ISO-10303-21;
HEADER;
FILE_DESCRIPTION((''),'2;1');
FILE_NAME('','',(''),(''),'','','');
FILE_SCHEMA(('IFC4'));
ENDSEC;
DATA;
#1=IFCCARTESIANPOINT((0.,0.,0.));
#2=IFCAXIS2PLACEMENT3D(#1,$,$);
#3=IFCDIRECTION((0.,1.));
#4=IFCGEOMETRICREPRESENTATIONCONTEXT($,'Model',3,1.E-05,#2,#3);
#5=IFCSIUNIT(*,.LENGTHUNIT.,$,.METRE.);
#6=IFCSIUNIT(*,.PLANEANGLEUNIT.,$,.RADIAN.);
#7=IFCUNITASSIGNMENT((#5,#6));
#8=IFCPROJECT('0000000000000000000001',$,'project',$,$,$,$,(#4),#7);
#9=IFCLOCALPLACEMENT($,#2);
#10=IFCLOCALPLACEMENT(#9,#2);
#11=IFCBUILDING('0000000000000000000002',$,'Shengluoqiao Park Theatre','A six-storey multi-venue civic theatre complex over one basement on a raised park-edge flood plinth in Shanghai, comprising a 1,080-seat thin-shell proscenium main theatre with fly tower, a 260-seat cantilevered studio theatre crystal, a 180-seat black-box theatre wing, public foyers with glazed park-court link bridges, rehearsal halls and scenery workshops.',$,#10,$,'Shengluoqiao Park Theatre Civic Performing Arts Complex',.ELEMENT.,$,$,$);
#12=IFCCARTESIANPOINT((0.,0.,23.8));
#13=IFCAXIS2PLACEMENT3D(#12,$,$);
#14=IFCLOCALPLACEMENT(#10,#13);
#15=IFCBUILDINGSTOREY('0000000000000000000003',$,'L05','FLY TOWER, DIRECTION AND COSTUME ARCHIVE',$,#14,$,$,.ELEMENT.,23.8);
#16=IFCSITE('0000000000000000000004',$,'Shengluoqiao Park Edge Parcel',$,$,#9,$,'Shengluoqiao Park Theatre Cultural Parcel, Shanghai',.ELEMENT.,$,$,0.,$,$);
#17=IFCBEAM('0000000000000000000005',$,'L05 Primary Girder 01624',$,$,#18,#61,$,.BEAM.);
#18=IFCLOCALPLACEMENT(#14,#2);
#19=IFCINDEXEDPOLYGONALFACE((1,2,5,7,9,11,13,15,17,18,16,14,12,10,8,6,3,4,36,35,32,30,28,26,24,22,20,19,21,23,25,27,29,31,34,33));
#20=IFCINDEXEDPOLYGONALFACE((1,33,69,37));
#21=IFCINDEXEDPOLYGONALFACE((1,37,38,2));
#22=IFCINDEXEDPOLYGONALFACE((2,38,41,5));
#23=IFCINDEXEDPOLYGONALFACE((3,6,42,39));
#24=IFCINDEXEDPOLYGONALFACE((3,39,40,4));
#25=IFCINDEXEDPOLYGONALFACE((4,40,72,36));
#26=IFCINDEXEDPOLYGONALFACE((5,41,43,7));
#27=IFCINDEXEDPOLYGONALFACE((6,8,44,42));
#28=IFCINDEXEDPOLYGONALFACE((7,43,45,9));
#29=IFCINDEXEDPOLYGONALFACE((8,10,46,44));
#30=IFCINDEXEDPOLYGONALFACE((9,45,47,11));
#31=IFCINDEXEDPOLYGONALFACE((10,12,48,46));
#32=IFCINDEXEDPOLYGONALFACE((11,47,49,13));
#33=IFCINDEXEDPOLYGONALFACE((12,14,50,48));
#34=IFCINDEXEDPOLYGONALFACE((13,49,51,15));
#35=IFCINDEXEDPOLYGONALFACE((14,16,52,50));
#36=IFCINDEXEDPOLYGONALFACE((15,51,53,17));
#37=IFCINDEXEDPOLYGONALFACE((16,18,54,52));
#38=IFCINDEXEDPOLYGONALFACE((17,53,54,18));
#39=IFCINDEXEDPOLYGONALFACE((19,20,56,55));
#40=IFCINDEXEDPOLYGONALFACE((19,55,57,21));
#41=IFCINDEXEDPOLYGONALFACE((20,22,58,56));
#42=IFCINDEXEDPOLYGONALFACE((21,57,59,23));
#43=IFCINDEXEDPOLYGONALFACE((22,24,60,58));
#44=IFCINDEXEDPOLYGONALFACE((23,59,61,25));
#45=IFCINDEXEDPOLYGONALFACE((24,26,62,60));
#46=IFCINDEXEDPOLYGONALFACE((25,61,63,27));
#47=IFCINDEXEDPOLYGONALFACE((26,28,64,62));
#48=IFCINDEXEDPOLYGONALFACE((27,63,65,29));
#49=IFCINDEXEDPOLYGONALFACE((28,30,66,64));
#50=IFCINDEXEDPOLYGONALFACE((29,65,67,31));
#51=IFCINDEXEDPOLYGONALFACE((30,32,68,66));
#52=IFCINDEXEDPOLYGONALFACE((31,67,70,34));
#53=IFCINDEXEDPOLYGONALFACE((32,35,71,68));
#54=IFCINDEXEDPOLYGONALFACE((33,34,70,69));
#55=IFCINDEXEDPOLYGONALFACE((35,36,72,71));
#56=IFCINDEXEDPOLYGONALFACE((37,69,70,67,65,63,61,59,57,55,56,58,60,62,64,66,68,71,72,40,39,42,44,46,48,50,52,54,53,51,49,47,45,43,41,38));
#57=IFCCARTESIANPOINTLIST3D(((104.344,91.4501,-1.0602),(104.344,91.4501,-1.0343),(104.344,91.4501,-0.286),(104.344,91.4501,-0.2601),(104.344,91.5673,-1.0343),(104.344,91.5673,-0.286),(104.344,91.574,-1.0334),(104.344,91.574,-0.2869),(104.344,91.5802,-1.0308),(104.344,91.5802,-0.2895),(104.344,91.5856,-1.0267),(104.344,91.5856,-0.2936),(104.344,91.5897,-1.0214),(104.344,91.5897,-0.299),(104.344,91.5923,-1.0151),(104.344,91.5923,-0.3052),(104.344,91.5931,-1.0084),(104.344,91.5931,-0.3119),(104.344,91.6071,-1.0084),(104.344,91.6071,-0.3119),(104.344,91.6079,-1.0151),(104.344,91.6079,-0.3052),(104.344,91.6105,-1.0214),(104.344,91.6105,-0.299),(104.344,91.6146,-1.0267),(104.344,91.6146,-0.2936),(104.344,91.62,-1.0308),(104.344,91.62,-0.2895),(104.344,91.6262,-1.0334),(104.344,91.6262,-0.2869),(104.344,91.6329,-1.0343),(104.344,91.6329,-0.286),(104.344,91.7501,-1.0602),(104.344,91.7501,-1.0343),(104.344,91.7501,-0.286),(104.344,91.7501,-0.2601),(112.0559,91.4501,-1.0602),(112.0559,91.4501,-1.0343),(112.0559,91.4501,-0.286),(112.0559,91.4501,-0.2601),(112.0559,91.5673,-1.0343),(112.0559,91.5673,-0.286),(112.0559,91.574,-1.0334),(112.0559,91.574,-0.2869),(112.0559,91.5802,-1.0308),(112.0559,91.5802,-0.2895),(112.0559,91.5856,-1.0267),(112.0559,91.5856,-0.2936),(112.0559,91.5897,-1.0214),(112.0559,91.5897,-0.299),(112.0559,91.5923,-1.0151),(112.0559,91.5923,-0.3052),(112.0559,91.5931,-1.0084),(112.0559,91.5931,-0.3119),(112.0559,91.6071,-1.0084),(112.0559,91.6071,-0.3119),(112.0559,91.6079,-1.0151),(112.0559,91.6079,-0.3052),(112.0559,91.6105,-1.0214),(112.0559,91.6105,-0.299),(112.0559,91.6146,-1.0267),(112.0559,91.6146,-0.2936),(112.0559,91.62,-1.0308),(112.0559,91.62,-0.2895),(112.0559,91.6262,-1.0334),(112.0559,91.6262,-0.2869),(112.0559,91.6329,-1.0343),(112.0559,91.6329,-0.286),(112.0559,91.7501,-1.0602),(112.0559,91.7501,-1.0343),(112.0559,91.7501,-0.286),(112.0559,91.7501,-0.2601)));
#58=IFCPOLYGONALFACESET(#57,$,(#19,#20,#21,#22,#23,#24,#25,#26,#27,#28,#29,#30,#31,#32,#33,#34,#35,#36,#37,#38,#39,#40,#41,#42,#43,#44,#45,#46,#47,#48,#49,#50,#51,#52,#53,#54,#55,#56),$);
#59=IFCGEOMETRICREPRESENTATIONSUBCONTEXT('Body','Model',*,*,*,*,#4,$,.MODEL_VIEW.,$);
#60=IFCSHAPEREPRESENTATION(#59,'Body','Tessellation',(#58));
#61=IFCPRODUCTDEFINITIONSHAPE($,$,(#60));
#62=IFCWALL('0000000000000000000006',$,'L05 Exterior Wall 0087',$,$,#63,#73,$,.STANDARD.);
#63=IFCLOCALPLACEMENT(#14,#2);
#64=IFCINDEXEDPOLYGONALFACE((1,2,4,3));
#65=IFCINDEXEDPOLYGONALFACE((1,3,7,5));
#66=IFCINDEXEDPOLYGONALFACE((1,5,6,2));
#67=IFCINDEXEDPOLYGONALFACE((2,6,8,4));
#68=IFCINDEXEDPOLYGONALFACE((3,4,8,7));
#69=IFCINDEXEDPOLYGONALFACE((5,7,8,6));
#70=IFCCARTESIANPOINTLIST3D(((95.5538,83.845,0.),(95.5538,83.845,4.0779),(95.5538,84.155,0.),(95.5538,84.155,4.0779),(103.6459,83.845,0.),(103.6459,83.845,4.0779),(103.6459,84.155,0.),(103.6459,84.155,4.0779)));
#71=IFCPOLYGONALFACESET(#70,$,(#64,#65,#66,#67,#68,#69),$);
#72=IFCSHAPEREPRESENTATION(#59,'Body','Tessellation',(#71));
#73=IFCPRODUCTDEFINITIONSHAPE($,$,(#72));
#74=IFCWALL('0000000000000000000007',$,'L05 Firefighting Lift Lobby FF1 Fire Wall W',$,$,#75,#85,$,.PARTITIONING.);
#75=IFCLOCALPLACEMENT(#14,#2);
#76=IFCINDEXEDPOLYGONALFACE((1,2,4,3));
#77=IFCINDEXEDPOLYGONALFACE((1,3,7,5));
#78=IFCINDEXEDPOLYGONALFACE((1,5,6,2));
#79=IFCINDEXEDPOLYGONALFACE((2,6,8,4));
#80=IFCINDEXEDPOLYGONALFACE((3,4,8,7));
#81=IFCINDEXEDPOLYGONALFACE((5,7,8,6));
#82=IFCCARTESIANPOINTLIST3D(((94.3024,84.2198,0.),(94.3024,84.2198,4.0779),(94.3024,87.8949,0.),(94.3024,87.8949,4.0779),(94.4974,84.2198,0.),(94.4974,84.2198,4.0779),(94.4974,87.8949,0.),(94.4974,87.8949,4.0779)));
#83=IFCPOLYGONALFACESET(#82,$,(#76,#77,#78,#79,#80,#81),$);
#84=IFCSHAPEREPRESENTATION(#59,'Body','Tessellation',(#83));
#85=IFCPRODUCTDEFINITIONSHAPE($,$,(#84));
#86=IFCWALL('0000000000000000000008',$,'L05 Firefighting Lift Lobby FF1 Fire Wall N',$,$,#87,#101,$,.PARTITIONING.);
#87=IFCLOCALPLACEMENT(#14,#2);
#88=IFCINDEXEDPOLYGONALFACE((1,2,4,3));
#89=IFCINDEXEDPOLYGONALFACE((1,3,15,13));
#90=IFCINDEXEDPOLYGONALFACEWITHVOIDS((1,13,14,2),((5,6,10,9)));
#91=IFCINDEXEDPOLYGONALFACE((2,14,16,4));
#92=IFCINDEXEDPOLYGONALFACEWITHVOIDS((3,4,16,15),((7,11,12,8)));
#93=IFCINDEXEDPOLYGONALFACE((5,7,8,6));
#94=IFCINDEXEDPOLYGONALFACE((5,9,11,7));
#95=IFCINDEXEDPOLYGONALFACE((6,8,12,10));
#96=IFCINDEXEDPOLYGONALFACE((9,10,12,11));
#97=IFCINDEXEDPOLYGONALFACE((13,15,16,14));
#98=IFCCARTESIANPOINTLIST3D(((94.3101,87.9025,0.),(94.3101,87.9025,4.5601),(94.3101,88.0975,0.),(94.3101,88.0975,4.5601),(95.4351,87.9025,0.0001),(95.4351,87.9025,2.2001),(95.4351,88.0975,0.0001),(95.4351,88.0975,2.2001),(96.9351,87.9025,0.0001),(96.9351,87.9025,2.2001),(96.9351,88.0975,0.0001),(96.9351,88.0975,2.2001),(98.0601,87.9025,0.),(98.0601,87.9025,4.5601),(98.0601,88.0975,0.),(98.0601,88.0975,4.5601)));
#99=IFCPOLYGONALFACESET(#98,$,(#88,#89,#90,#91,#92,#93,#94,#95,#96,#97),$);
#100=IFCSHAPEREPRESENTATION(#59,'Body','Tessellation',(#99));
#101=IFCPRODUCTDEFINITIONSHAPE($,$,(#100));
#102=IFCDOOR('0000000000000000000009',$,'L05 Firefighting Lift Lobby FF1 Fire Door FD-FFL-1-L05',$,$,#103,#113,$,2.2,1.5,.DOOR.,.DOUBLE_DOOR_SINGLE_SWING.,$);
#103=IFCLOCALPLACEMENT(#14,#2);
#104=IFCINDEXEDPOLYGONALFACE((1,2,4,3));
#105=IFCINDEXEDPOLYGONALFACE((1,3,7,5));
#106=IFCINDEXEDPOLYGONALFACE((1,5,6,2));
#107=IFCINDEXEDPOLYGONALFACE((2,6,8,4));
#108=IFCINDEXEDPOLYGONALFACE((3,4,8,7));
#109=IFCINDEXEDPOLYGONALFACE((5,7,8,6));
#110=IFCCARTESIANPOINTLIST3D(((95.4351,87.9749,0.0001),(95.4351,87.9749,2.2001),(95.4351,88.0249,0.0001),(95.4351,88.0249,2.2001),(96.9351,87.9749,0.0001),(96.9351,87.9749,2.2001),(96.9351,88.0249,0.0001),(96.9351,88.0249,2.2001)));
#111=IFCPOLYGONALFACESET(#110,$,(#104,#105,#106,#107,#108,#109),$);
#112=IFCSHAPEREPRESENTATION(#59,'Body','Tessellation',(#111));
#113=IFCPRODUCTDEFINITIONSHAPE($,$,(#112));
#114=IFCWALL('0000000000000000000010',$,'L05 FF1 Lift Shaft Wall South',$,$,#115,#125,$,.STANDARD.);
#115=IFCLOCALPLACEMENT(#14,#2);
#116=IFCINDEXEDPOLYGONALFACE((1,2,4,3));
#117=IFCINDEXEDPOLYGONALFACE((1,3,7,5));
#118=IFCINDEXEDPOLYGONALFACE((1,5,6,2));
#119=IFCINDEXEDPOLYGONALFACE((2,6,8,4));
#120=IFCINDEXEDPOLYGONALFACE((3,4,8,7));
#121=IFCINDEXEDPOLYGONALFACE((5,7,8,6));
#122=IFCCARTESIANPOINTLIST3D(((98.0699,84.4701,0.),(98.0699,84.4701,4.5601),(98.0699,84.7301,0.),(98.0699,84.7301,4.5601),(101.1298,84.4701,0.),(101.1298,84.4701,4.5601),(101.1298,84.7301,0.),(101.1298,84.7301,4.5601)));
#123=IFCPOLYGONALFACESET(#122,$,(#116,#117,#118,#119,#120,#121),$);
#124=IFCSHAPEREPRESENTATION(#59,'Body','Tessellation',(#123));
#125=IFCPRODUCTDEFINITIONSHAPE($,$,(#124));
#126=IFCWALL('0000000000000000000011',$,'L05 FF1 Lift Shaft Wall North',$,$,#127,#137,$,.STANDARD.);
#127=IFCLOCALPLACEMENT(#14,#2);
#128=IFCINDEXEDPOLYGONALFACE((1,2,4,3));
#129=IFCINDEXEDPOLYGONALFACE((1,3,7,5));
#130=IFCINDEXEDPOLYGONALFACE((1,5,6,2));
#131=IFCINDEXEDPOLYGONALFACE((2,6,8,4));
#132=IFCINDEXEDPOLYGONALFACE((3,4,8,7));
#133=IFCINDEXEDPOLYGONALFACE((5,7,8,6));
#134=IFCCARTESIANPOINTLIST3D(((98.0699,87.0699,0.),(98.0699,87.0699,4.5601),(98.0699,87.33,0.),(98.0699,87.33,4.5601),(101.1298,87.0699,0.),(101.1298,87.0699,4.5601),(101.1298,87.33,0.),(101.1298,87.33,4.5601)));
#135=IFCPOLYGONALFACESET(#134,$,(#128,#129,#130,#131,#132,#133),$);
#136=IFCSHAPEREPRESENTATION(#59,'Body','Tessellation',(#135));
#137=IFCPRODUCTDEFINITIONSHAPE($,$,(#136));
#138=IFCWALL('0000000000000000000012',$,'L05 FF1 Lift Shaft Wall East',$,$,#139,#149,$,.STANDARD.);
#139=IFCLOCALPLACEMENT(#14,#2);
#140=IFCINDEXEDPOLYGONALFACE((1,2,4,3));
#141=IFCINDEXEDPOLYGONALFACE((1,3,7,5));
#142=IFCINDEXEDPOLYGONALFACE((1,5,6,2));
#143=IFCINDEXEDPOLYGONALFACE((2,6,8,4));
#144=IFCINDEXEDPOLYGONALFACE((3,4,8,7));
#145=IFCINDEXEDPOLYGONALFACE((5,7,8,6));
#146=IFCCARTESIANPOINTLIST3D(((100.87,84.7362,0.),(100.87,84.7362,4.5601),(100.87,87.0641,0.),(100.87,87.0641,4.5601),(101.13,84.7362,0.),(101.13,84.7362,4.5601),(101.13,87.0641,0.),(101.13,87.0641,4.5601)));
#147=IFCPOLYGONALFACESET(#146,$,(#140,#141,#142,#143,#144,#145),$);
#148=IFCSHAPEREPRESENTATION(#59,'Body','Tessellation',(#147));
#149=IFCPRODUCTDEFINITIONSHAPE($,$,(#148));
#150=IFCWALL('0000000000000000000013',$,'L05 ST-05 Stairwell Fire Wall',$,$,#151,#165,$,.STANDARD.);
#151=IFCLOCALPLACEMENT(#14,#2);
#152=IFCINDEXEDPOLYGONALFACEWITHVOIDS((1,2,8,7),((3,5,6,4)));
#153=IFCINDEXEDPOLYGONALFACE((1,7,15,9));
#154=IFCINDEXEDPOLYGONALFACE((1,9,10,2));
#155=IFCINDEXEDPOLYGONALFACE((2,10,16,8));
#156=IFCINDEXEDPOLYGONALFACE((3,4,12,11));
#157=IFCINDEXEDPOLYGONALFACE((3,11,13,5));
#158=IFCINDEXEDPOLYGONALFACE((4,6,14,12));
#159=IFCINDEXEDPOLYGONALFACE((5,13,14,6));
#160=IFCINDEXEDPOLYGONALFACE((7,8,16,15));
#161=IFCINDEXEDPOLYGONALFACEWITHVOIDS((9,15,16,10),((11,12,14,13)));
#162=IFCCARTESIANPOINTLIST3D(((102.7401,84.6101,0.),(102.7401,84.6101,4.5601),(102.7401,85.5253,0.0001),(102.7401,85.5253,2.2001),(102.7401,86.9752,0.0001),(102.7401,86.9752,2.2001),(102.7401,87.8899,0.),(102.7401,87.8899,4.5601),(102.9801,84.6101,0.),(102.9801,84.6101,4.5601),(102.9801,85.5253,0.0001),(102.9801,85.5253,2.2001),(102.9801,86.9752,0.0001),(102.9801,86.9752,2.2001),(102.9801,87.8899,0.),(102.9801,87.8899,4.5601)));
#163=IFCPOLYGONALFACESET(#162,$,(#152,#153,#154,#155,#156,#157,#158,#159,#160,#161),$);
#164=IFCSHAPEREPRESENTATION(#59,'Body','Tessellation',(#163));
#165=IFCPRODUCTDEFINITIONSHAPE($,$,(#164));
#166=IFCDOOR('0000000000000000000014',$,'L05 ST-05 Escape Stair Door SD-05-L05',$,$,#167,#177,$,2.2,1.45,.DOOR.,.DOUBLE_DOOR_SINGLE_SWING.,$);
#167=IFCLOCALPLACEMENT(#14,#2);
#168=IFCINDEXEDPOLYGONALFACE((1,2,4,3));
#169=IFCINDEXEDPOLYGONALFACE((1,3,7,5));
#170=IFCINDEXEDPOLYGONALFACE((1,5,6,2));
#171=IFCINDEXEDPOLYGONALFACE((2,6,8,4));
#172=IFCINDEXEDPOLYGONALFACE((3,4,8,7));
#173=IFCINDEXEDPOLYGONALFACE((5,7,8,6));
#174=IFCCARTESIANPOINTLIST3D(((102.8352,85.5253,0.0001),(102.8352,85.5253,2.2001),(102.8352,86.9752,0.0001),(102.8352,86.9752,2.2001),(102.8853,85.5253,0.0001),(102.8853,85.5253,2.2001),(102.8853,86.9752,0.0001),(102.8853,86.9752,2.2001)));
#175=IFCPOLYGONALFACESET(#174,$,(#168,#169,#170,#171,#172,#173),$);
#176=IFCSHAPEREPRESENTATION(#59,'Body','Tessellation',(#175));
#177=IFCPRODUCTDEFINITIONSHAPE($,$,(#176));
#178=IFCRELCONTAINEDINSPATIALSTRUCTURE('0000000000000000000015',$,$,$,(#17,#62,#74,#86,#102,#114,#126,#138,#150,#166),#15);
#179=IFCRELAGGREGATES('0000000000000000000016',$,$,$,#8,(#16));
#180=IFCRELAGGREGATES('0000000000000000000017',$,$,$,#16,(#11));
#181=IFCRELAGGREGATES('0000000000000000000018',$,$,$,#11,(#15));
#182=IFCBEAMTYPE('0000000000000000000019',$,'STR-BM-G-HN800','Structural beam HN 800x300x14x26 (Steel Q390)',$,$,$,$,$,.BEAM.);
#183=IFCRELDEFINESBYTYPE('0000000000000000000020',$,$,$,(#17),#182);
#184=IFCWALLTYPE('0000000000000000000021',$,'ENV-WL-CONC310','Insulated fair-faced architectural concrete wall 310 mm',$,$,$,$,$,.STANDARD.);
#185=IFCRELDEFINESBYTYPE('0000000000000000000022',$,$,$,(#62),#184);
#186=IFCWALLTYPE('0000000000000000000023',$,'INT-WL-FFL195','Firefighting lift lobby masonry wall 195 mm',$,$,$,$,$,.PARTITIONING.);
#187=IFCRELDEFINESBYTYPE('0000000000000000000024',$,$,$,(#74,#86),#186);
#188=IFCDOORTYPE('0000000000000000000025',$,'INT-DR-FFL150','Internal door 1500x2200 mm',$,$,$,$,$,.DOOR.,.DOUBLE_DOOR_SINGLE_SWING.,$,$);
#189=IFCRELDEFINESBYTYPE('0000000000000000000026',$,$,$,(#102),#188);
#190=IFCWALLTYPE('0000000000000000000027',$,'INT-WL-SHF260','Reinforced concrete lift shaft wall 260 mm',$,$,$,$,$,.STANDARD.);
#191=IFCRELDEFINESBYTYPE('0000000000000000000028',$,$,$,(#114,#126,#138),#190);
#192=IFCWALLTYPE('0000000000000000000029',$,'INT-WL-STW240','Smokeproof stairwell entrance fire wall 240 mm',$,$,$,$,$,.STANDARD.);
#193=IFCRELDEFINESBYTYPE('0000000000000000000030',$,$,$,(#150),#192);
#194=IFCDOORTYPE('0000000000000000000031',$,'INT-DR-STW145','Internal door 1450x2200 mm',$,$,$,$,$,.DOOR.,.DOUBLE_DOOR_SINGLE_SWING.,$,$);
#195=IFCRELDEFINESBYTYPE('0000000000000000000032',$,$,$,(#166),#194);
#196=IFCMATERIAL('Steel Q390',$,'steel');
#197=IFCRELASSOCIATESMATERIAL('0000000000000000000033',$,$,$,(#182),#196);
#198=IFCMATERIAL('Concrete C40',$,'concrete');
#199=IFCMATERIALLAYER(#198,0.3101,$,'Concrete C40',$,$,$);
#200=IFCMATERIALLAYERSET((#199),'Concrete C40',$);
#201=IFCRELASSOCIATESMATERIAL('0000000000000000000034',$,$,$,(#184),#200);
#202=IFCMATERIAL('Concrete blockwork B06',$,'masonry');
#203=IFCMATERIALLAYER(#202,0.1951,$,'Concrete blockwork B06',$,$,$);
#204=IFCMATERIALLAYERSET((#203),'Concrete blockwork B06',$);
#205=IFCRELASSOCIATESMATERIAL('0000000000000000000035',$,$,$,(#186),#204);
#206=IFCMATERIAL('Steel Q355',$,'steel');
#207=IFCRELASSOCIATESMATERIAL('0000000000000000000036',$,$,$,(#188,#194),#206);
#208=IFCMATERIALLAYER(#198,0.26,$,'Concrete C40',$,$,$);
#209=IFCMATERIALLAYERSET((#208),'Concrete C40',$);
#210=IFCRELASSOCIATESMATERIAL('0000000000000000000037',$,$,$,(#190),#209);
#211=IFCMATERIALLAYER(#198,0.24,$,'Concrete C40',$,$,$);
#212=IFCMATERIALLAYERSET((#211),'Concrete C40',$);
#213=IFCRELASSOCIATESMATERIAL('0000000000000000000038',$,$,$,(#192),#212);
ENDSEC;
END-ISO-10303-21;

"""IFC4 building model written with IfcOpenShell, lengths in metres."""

from ifc_helpers import new_model, si_unit, direction, frame, frame_2d, origin, origin_2d, place, context, subcontext, project, spatial, rectangle, i_section, extrude, material, layer, layer_set, material_profile, profile_set, type_object, element, fill, save


model = new_model("IFC4")

# Units and contexts
model_context = context("Model", 3, precision=1e-05, world=origin(), true_north=direction((0.0, 1.0)))
body_context = subcontext(model_context, "Body", "Model", "MODEL_VIEW")
ifc_project = project(units=[si_unit("LENGTHUNIT", "METRE"), si_unit("PLANEANGLEUNIT", "RADIAN")], contexts=[model_context])

# Site, building, storey
site_placement = place(None, origin())
site = spatial("IfcSite", under=ifc_project, at=site_placement, Name="Shengluoqiao Park Edge Parcel", LongName="Shengluoqiao Park Theatre Cultural Parcel, Shanghai", CompositionType="ELEMENT", RefElevation=0.0)
building_placement = place(site_placement, origin())
building = spatial("IfcBuilding", under=site, at=building_placement, Name="Shengluoqiao Park Theatre", Description="A six-storey multi-venue civic theatre complex over one basement on a raised park-edge flood plinth in Shanghai, comprising a 1,080-seat thin-shell proscenium main theatre with fly tower, a 260-seat cantilevered studio theatre crystal, a 180-seat black-box theatre wing, public foyers with glazed park-court link bridges, rehearsal halls and scenery workshops.", LongName="Shengluoqiao Park Theatre Civic Performing Arts Complex", CompositionType="ELEMENT")
storey_placement = place(building_placement, frame((0.0, 0.0, 23.8)))
storey = spatial("IfcBuildingStorey", under=building, at=storey_placement, Name="L05", Description="FLY TOWER, DIRECTION AND COSTUME ARCHIVE", CompositionType="ELEMENT", Elevation=23.8)

# Beam
ifc_material_1 = material(Name="Steel Q355", Category="steel")
ifc_material_2 = material(Name="Steel Q390", Category="steel")
ifc_material_profile_1 = material_profile(ifc_material_2, i_section(OverallWidth=0.3, OverallDepth=0.8, WebThickness=0.0139, FlangeThickness=0.0259, FilletRadius=0.0259, at=origin_2d()), Name="HN 800x300x14x26")
ifc_profile_set_1 = profile_set([ifc_material_profile_1], Name="Steel Q390")
beam_type_1 = type_object("IfcBeamType", Name="STR-BM-G-HN800", Description="Structural beam HN 800x300x14x26 (Steel Q390)", PredefinedType="BEAM", material=ifc_profile_set_1)
for number, where, z_axis, x_axis, name in (
    (1, (104.344, 91.6001, -0.6602), (1.0, 0.0, 0.0), (0.0, 1.0, 0.0), "L05 Primary Girder 01624"),
):
    element("IfcBeam", number, at=place(storey_placement, frame(where, z_axis=z_axis, x_axis=x_axis)), inside=storey, type_object=beam_type_1, Name=name, PredefinedType="BEAM", context=body_context, shape_type="SweptSolid", body=[
        extrude(i_section(OverallWidth=0.3, OverallDepth=0.8, WebThickness=0.0139, FlangeThickness=0.0259, FilletRadius=0.0259, at=origin_2d()), origin(), (0.0, 0.0, 1.0), 7.7119),
    ])

# Wall
ifc_material_3 = material(Name="Concrete C40", Category="concrete")
ifc_layer_1 = layer(ifc_material_3, 0.3101, Name="Concrete C40")
ifc_layer_set_1 = layer_set([ifc_layer_1], Name="Concrete C40")
wall_type_1 = type_object("IfcWallType", Name="ENV-WL-CONC310", Description="Insulated fair-faced architectural concrete wall 310 mm", PredefinedType="STANDARD", material=ifc_layer_set_1)
wall_1_placement = place(storey_placement, frame((95.554, 84.0, 0.0), z_axis=(0.0, 0.0, 1.0), x_axis=(1.0, 0.0, 0.0)))
element("IfcWall", 2, at=wall_1_placement, inside=storey, type_object=wall_type_1, Name="L05 Exterior Wall 0087", PredefinedType="STANDARD", context=body_context, shape_type="SweptSolid", body=[
    extrude(rectangle(XDim=8.092, YDim=0.3101, at=frame_2d((4.0459, 0.0))), origin(), (0.0, 0.0, 1.0), 4.0779),
])

# Wall
ifc_material_4 = material(Name="Concrete blockwork B06", Category="masonry")
ifc_layer_2 = layer(ifc_material_4, 0.1951, Name="Concrete blockwork B06")
ifc_layer_set_2 = layer_set([ifc_layer_2], Name="Concrete blockwork B06")
wall_type_2 = type_object("IfcWallType", Name="INT-WL-FFL195", Description="Firefighting lift lobby masonry wall 195 mm", PredefinedType="PARTITIONING", material=ifc_layer_set_2)
wall_2_placement = place(storey_placement, frame((94.3999, 84.22, 0.0), z_axis=(0.0, 0.0, 1.0), x_axis=(0.0, 1.0, 0.0)))
element("IfcWall", 3, at=wall_2_placement, inside=storey, type_object=wall_type_2, Name="L05 Firefighting Lift Lobby FF1 Fire Wall W", PredefinedType="PARTITIONING", context=body_context, shape_type="SweptSolid", body=[
    extrude(rectangle(XDim=3.675, YDim=0.1951, at=frame_2d((1.8374, 0.0))), origin(), (0.0, 0.0, 1.0), 4.0779),
])

# Wall, opening, door
wall_3_placement = place(storey_placement, frame((94.3101, 88.0, 0.0), z_axis=(0.0, 0.0, 1.0), x_axis=(1.0, 0.0, 0.0)))
wall_3 = element("IfcWall", 4, at=wall_3_placement, inside=storey, type_object=wall_type_2, Name="L05 Firefighting Lift Lobby FF1 Fire Wall N", PredefinedType="PARTITIONING", context=body_context, shape_type="SweptSolid", body=[
    extrude(rectangle(XDim=3.75, YDim=0.1951, at=frame_2d((1.875, 0.0))), origin(), (0.0, 0.0, 1.0), 4.5601),
])
opening_1_placement = place(wall_3_placement, frame((1.125, 0.0, 0.0)))
opening_1 = element("IfcOpeningElement", 5, at=opening_1_placement, cuts=wall_3, PredefinedType="OPENING", context=body_context, shape_type="SweptSolid", body=[
    extrude(rectangle(XDim=1.5, YDim=2.2, at=frame_2d((0.75, 1.1001))), frame((0.0, 0.1074, 0.0), z_axis=(0.0, -1.0, 0.0), x_axis=(1.0, 0.0, 0.0)), (0.0, 0.0, 1.0), 0.2151),
])
door_type_1 = type_object("IfcDoorType", Name="INT-DR-FFL150", Description="Internal door 1500x2200 mm", OperationType="DOUBLE_DOOR_SINGLE_SWING", PredefinedType="DOOR", material=ifc_material_1)
door_1_placement = place(opening_1_placement, origin())
door_1 = element("IfcDoor", 6, at=door_1_placement, inside=storey, type_object=door_type_1, Name="L05 Firefighting Lift Lobby FF1 Fire Door FD-FFL-1-L05", OperationType="DOUBLE_DOOR_SINGLE_SWING", OverallHeight=2.2, OverallWidth=1.5, PredefinedType="DOOR", context=body_context, shape_type="SweptSolid", body=[
    extrude(rectangle(XDim=1.5, YDim=2.2, at=frame_2d((0.75, 1.1001))), frame((0.0, 0.0249, 0.0), z_axis=(0.0, -1.0, 0.0), x_axis=(1.0, 0.0, 0.0)), (0.0, 0.0, 1.0), 0.05),
])
fill(opening_1, door_1)

# Walls
ifc_layer_3 = layer(ifc_material_3, 0.26, Name="Concrete C40")
ifc_layer_set_3 = layer_set([ifc_layer_3], Name="Concrete C40")
wall_type_3 = type_object("IfcWallType", Name="INT-WL-SHF260", Description="Reinforced concrete lift shaft wall 260 mm", PredefinedType="STANDARD", material=ifc_layer_set_3)
for number, where, z_axis, x_axis, name in (
    (7, (98.0701, 84.6001, 0.0), (0.0, 0.0, 1.0), (1.0, 0.0, 0.0), "L05 FF1 Lift Shaft Wall South"),
    (8, (98.0701, 87.2, 0.0), (0.0, 0.0, 1.0), (1.0, 0.0, 0.0), "L05 FF1 Lift Shaft Wall North"),
):
    element("IfcWall", number, at=place(storey_placement, frame(where, z_axis=z_axis, x_axis=x_axis)), inside=storey, type_object=wall_type_3, Name=name, PredefinedType="STANDARD", context=body_context, shape_type="SweptSolid", body=[
        extrude(rectangle(XDim=3.0598, YDim=0.26, at=frame_2d((1.5298, 0.0))), origin(), (0.0, 0.0, 1.0), 4.5601),
    ])

# Wall
wall_4_placement = place(storey_placement, frame((101.0, 84.7361, 0.0), z_axis=(0.0, 0.0, 1.0), x_axis=(0.0, 1.0, 0.0)))
element("IfcWall", 9, at=wall_4_placement, inside=storey, type_object=wall_type_3, Name="L05 FF1 Lift Shaft Wall East", PredefinedType="STANDARD", context=body_context, shape_type="SweptSolid", body=[
    extrude(rectangle(XDim=2.3279, YDim=0.26, at=frame_2d((1.1641, 0.0))), origin(), (0.0, 0.0, 1.0), 4.5601),
])

# Wall, opening, door
ifc_layer_4 = layer(ifc_material_3, 0.24, Name="Concrete C40")
ifc_layer_set_4 = layer_set([ifc_layer_4], Name="Concrete C40")
wall_type_4 = type_object("IfcWallType", Name="INT-WL-STW240", Description="Smokeproof stairwell entrance fire wall 240 mm", PredefinedType="STANDARD", material=ifc_layer_set_4)
wall_5_placement = place(storey_placement, frame((102.8601, 84.6101, 0.0), z_axis=(0.0, 0.0, 1.0), x_axis=(0.0, 1.0, 0.0)))
wall_5 = element("IfcWall", 10, at=wall_5_placement, inside=storey, type_object=wall_type_4, Name="L05 ST-05 Stairwell Fire Wall", PredefinedType="STANDARD", context=body_context, shape_type="SweptSolid", body=[
    extrude(rectangle(XDim=3.2798, YDim=0.24, at=frame_2d((1.6399, 0.0))), origin(), (0.0, 0.0, 1.0), 4.5601),
])
opening_2_placement = place(wall_5_placement, frame((0.915, 0.0, 0.0)))
opening_2 = element("IfcOpeningElement", 11, at=opening_2_placement, cuts=wall_5, PredefinedType="OPENING", context=body_context, shape_type="SweptSolid", body=[
    extrude(rectangle(XDim=1.45, YDim=2.2, at=frame_2d((0.7251, 1.1001))), frame((0.0, 0.1299, 0.0), z_axis=(0.0, -1.0, 0.0), x_axis=(1.0, 0.0, 0.0)), (0.0, 0.0, 1.0), 0.26),
])
door_type_2 = type_object("IfcDoorType", Name="INT-DR-STW145", Description="Internal door 1450x2200 mm", OperationType="DOUBLE_DOOR_SINGLE_SWING", PredefinedType="DOOR", material=ifc_material_1)
door_2_placement = place(opening_2_placement, origin())
door_2 = element("IfcDoor", 12, at=door_2_placement, inside=storey, type_object=door_type_2, Name="L05 ST-05 Escape Stair Door SD-05-L05", OperationType="DOUBLE_DOOR_SINGLE_SWING", OverallHeight=2.2, OverallWidth=1.45, PredefinedType="DOOR", context=body_context, shape_type="SweptSolid", body=[
    extrude(rectangle(XDim=1.45, YDim=2.2, at=frame_2d((0.7251, 1.1001))), frame((0.0, 0.0249, 0.0), z_axis=(0.0, -1.0, 0.0), x_axis=(1.0, 0.0, 0.0)), (0.0, 0.0, 1.0), 0.05),
])
fill(opening_2, door_2)

save(model, "model.ifc")
